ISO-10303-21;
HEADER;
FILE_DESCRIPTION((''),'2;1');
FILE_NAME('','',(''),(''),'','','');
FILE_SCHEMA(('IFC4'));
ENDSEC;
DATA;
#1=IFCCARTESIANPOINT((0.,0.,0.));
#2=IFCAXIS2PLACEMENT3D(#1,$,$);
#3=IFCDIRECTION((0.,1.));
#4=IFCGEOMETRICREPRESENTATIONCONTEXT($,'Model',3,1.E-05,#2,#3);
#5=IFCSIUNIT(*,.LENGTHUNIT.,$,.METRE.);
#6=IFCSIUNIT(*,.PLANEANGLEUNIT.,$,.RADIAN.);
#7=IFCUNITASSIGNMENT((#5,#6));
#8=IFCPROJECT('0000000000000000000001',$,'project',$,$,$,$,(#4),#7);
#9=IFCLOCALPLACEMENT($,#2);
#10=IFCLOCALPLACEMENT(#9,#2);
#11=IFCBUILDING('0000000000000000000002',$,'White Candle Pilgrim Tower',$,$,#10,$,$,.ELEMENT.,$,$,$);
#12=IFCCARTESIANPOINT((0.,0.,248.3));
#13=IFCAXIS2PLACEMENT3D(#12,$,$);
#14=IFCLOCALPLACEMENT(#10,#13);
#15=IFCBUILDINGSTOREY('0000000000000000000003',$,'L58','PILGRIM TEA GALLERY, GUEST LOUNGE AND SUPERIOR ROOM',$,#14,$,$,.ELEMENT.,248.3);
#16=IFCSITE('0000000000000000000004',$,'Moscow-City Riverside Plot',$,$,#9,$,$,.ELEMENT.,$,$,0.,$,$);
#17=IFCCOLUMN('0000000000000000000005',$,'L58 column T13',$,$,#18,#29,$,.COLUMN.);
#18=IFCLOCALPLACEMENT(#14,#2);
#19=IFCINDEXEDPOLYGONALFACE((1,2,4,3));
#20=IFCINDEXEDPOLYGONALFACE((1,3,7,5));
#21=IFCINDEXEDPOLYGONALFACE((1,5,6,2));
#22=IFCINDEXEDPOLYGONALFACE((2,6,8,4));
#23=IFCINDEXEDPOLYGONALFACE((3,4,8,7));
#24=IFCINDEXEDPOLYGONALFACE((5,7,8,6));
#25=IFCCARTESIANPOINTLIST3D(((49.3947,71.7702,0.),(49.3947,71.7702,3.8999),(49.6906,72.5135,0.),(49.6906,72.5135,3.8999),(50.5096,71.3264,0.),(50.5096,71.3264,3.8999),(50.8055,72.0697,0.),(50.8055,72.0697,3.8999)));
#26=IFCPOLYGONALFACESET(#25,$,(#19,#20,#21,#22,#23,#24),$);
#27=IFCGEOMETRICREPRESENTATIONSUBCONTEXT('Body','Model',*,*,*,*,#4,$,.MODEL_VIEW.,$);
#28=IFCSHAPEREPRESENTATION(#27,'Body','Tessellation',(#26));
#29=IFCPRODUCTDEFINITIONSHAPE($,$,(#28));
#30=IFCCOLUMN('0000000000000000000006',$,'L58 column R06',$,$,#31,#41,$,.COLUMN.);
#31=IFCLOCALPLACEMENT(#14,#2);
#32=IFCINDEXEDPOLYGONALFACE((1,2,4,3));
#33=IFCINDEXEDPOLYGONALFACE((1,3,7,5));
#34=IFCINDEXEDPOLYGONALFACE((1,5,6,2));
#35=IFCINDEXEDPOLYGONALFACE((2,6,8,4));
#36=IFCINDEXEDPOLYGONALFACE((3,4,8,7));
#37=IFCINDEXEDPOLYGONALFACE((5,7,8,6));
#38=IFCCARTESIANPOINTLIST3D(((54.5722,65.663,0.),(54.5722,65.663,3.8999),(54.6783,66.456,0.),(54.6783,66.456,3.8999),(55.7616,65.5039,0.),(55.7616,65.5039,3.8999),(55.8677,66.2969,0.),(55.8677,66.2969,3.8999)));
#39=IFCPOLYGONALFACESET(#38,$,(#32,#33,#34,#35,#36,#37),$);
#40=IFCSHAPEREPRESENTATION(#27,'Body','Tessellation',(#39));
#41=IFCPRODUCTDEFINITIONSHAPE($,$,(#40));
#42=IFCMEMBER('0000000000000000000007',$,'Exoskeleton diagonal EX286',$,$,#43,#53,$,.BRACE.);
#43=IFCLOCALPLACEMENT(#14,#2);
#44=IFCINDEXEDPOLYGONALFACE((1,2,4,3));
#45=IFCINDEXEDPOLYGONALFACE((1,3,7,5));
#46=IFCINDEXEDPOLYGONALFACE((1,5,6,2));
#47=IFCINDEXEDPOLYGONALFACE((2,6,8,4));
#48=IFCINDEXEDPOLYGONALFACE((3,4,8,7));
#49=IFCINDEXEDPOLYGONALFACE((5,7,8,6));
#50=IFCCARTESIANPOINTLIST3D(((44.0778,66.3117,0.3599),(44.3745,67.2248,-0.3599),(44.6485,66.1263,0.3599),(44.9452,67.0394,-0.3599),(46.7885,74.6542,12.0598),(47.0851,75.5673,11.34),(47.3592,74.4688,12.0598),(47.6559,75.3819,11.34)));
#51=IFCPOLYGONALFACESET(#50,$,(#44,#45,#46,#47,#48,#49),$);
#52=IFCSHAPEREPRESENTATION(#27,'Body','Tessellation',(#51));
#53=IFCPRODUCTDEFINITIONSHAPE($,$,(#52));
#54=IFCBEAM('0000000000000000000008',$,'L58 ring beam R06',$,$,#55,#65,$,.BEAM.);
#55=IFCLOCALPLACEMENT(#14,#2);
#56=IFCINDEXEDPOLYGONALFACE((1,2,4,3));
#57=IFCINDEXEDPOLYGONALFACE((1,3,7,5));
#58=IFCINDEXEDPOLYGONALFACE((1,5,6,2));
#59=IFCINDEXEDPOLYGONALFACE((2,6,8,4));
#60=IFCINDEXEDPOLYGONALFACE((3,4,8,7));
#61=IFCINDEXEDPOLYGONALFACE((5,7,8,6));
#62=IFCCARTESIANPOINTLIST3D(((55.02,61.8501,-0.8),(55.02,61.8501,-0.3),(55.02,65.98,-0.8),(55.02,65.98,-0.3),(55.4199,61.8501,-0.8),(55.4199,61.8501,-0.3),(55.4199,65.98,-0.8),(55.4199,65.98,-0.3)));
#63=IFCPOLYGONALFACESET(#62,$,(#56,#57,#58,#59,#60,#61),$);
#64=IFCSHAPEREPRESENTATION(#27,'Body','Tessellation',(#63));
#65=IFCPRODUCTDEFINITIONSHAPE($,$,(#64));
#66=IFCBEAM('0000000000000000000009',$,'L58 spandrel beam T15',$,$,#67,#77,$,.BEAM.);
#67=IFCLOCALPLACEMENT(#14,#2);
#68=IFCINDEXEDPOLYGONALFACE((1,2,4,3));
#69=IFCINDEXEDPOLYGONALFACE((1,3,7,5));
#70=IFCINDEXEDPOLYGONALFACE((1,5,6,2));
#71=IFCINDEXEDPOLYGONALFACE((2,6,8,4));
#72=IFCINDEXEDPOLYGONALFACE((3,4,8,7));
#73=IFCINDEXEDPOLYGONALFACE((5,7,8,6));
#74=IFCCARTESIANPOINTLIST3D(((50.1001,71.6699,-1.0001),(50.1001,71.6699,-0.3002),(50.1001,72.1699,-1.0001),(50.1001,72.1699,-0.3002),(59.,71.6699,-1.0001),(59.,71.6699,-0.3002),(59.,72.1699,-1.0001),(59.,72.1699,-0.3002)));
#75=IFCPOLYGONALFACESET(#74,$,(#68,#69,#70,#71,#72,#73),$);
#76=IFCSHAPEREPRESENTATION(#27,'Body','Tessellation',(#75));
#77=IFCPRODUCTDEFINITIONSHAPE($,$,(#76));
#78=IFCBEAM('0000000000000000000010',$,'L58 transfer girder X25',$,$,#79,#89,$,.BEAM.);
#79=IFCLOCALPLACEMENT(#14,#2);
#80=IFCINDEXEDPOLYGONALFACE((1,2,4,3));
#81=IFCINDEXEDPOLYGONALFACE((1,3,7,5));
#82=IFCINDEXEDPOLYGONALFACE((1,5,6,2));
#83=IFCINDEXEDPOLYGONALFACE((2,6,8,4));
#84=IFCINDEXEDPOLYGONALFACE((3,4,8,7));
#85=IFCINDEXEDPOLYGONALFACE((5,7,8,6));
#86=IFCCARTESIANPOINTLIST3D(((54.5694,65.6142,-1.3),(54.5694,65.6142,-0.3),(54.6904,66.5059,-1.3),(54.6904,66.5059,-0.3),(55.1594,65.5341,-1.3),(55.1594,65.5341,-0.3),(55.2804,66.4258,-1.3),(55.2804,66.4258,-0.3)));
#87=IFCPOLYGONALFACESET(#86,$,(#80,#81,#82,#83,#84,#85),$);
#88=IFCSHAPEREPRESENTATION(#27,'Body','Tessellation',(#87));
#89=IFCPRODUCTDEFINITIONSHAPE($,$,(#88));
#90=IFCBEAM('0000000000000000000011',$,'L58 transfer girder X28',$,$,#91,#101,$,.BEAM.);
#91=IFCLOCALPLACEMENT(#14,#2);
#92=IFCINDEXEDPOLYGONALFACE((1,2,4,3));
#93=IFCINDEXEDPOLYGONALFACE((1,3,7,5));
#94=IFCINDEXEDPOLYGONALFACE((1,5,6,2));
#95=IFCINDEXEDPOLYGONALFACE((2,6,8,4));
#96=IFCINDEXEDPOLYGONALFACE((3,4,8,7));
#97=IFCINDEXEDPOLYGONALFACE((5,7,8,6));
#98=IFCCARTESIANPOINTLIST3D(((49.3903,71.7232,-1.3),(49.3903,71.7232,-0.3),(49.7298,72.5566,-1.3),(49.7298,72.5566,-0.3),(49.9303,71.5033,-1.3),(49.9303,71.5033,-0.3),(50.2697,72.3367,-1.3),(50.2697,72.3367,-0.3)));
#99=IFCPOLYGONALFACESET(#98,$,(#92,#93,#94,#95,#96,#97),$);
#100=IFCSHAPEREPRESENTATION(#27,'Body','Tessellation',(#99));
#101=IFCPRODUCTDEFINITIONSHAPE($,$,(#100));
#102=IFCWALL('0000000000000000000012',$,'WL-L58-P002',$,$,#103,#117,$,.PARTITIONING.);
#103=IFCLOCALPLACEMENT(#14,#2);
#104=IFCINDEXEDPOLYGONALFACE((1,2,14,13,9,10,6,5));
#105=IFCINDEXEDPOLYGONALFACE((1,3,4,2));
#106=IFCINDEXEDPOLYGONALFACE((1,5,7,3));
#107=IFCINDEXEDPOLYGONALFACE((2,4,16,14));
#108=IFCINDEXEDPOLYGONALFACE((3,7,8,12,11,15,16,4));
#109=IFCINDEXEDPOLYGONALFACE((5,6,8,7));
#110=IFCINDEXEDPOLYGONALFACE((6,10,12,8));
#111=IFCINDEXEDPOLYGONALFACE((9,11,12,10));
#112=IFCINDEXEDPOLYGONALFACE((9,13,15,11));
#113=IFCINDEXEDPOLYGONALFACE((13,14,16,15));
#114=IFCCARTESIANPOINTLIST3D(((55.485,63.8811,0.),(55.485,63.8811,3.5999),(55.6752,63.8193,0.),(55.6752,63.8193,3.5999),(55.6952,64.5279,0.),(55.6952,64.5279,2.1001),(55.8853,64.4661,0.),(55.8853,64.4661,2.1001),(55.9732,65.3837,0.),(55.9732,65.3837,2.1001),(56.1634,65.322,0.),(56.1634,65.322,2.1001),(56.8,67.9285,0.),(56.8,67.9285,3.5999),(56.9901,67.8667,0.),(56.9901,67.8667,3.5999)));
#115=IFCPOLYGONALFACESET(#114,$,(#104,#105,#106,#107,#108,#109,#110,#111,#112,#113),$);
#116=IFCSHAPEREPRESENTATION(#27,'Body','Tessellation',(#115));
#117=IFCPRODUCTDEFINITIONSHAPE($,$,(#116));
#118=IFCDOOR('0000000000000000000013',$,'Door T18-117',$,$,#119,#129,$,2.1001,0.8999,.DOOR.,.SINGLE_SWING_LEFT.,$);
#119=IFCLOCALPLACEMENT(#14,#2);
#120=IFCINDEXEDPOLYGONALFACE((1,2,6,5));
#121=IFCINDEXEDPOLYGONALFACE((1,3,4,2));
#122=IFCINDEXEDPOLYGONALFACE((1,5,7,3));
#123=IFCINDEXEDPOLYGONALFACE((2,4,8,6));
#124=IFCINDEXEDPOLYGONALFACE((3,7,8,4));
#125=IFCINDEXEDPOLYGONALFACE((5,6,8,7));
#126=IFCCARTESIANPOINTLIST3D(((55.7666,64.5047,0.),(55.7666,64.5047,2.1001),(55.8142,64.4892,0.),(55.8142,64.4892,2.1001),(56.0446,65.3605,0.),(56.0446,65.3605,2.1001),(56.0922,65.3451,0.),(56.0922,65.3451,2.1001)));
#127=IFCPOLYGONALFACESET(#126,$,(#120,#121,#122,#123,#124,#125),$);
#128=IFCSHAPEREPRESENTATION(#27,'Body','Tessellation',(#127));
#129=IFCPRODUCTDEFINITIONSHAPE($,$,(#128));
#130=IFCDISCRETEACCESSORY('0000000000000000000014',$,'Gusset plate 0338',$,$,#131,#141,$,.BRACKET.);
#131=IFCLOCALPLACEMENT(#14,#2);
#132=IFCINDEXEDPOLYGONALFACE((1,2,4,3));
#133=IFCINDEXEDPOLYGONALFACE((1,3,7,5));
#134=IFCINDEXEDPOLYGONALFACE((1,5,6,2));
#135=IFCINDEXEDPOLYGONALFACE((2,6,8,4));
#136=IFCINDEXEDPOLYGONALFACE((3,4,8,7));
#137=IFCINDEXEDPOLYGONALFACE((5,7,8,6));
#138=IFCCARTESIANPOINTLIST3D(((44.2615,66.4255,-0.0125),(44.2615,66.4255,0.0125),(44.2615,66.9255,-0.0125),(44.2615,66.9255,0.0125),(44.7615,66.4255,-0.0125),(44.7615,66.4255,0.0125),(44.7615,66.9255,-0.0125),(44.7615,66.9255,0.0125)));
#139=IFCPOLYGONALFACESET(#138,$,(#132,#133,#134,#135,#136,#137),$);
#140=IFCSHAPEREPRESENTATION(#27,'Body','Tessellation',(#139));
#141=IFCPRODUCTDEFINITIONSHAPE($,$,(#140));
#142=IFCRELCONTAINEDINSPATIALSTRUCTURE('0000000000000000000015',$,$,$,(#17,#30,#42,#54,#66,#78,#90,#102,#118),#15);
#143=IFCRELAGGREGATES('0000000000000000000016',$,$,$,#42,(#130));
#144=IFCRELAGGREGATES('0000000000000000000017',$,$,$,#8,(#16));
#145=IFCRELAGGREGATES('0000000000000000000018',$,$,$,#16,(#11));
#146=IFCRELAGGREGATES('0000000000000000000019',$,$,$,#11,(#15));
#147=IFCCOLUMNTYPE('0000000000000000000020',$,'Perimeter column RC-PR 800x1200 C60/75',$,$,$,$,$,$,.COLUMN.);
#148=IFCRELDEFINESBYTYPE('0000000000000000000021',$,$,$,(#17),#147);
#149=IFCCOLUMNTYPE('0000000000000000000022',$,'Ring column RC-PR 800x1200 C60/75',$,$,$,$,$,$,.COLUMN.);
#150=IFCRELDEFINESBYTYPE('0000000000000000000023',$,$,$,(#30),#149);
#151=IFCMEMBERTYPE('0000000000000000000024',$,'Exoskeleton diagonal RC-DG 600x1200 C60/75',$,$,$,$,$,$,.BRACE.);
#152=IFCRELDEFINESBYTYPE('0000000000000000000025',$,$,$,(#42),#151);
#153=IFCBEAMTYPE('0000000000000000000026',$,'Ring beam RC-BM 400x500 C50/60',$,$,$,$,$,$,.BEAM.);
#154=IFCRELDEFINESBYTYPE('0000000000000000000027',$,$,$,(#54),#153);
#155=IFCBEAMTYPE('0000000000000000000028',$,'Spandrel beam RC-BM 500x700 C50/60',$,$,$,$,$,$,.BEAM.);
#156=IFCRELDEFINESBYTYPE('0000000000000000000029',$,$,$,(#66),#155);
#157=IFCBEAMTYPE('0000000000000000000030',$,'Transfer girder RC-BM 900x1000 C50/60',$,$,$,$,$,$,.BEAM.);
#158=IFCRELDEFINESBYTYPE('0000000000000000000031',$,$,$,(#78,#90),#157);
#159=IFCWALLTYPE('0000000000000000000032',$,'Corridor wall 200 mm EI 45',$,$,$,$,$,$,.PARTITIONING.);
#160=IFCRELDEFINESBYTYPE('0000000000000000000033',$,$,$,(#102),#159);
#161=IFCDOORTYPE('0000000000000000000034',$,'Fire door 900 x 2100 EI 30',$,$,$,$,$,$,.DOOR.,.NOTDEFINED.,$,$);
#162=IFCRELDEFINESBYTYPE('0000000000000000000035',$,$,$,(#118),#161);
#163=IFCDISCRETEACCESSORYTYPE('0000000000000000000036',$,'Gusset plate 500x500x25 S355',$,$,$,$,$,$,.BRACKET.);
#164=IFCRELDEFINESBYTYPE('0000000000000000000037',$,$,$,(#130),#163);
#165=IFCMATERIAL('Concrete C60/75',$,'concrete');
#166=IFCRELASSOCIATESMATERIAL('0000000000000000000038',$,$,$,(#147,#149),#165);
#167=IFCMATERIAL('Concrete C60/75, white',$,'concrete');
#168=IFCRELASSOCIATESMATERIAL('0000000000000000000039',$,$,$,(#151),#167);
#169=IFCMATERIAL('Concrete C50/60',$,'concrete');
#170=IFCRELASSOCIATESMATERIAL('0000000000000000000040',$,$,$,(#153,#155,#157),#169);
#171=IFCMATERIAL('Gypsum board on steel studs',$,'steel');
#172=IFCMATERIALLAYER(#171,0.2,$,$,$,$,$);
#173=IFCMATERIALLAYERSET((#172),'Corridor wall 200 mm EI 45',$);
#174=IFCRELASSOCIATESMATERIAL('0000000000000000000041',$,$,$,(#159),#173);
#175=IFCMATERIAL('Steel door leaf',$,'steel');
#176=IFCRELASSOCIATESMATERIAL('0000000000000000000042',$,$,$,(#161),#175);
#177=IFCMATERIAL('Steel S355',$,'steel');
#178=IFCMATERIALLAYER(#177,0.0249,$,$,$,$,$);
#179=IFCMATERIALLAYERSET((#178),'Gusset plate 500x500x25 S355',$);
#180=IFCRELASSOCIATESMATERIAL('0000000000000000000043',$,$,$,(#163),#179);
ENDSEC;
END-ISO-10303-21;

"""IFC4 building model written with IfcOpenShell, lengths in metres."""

from ifc_helpers import new_model, si_unit, direction, frame, frame_2d, origin, origin_2d, place, context, subcontext, project, spatial, rectangle, extrude, material, layer, layer_set, material_profile, profile_set, type_object, element, fill, aggregate, save


model = new_model("IFC4")

# Units and contexts
model_context = context("Model", 3, precision=1e-05, world=origin(), true_north=direction((0.0, 1.0)))
body_context = subcontext(model_context, "Body", "Model", "MODEL_VIEW")
ifc_project = project(units=[si_unit("LENGTHUNIT", "METRE"), si_unit("PLANEANGLEUNIT", "RADIAN")], contexts=[model_context])

# Site, building, storey
site_placement = place(None, origin())
site = spatial("IfcSite", under=ifc_project, at=site_placement, Name="Moscow-City Riverside Plot", CompositionType="ELEMENT", RefElevation=0.0)
building_placement = place(site_placement, origin())
building = spatial("IfcBuilding", under=site, at=building_placement, Name="White Candle Pilgrim Tower", CompositionType="ELEMENT")
storey_placement = place(building_placement, frame((0.0, 0.0, 248.3)))
storey = spatial("IfcBuildingStorey", under=building, at=storey_placement, Name="L58", Description="PILGRIM TEA GALLERY, GUEST LOUNGE AND SUPERIOR ROOM", CompositionType="ELEMENT", Elevation=248.3)

# Columns
ifc_material_1 = material(Name="Concrete C60/75", Category="concrete")
ifc_material_profile_1 = material_profile(ifc_material_1, rectangle(XDim=0.8, YDim=1.2, at=origin_2d()), Name="RC-PR 800x1200")
ifc_profile_set_1 = profile_set([ifc_material_profile_1], Name="Concrete C60/75")
column_type_1 = type_object("IfcColumnType", Name="Perimeter column RC-PR 800x1200 C60/75", PredefinedType="COLUMN", material=ifc_profile_set_1)
column_1_placement = place(storey_placement, frame((50.1001, 71.9199, 0.0), z_axis=(0.0, 0.0, 1.0), x_axis=(0.36986, 0.929087, 0.0)))
element("IfcColumn", 1, at=column_1_placement, inside=storey, type_object=column_type_1, Name="L58 column T13", PredefinedType="COLUMN", context=body_context, shape_type="SweptSolid", body=[
    extrude(rectangle(XDim=0.8, YDim=1.2, at=origin_2d()), origin(), (0.0, 0.0, 1.0), 3.8999),
])
ifc_material_profile_2 = material_profile(ifc_material_1, rectangle(XDim=0.8, YDim=1.2, at=origin_2d()), Name="RC-PR 800x1200")
ifc_profile_set_2 = profile_set([ifc_material_profile_2], Name="Concrete C60/75")
column_type_2 = type_object("IfcColumnType", Name="Ring column RC-PR 800x1200 C60/75", PredefinedType="COLUMN", material=ifc_profile_set_2)
column_2_placement = place(storey_placement, frame((55.22, 65.98, 0.0), z_axis=(0.0, 0.0, 1.0), x_axis=(0.132602, 0.991169, 0.0)))
element("IfcColumn", 2, at=column_2_placement, inside=storey, type_object=column_type_2, Name="L58 column R06", PredefinedType="COLUMN", context=body_context, shape_type="SweptSolid", body=[
    extrude(rectangle(XDim=0.8, YDim=1.2, at=origin_2d()), origin(), (0.0, 0.0, 1.0), 3.8999),
])

# Member
ifc_material_2 = material(Name="Concrete C60/75, white", Category="concrete")
ifc_material_profile_3 = material_profile(ifc_material_2, rectangle(XDim=0.6001, YDim=1.2, at=origin_2d()), Name="RC-DG 600x1200")
ifc_profile_set_3 = profile_set([ifc_material_profile_3], Name="Concrete C60/75, white")
member_type = type_object("IfcMemberType", Name="Exoskeleton diagonal RC-DG 600x1200 C60/75", PredefinedType="BRACE", material=ifc_profile_set_3)
member_placement = place(storey_placement, frame((44.5115, 66.6755, 0.0), z_axis=(0.185371, 0.570504, 0.800102), x_axis=(-0.951055, 0.309021, 0.0)))
member = element("IfcMember", 3, at=member_placement, inside=storey, type_object=member_type, Name="Exoskeleton diagonal EX286", PredefinedType="BRACE", context=body_context, shape_type="SweptSolid", body=[
    extrude(rectangle(XDim=0.6001, YDim=1.2, at=origin_2d()), origin(), (0.0, 0.0, 1.0), 14.623),
])

# Beams
ifc_material_3 = material(Name="Concrete C50/60", Category="concrete")
ifc_material_profile_4 = material_profile(ifc_material_3, rectangle(XDim=0.3999, YDim=0.5, at=origin_2d()), Name="RC-BM 400x500")
ifc_profile_set_4 = profile_set([ifc_material_profile_4], Name="Concrete C50/60")
beam_type_1 = type_object("IfcBeamType", Name="Ring beam RC-BM 400x500 C50/60", PredefinedType="BEAM", material=ifc_profile_set_4)
beam_1_placement = place(storey_placement, frame((55.22, 65.98, -0.55), z_axis=(0.0, -1.0, 0.0), x_axis=(1.0, 0.0, 0.0)))
element("IfcBeam", 4, at=beam_1_placement, inside=storey, type_object=beam_type_1, Name="L58 ring beam R06", PredefinedType="BEAM", context=body_context, shape_type="SweptSolid", body=[
    extrude(rectangle(XDim=0.3999, YDim=0.5, at=origin_2d()), origin(), (0.0, 0.0, 1.0), 4.1299),
])
ifc_material_profile_5 = material_profile(ifc_material_3, rectangle(XDim=0.5, YDim=0.7, at=origin_2d()), Name="RC-BM 500x700")
ifc_profile_set_5 = profile_set([ifc_material_profile_5], Name="Concrete C50/60")
beam_type_2 = type_object("IfcBeamType", Name="Spandrel beam RC-BM 500x700 C50/60", PredefinedType="BEAM", material=ifc_profile_set_5)
beam_2_placement = place(storey_placement, frame((50.1001, 71.9199, -0.6501), z_axis=(1.0, 0.0, 0.0), x_axis=(0.0, 1.0, 0.0)))
element("IfcBeam", 5, at=beam_2_placement, inside=storey, type_object=beam_type_2, Name="L58 spandrel beam T15", PredefinedType="BEAM", context=body_context, shape_type="SweptSolid", body=[
    extrude(rectangle(XDim=0.5, YDim=0.7, at=origin_2d()), origin(), (0.0, 0.0, 1.0), 8.8999),
])
ifc_material_profile_6 = material_profile(ifc_material_3, rectangle(XDim=0.8999, YDim=1.0, at=origin_2d()), Name="RC-BM 900x1000")
ifc_profile_set_6 = profile_set([ifc_material_profile_6], Name="Concrete C50/60")
beam_type_3 = type_object("IfcBeamType", Name="Transfer girder RC-BM 900x1000 C50/60", PredefinedType="BEAM", material=ifc_profile_set_6)
beam_3_placement = place(storey_placement, frame((54.6299, 66.0601, -0.8), z_axis=(0.990917, -0.134473, 0.0), x_axis=(0.134473, 0.990917, 0.0)))
element("IfcBeam", 6, at=beam_3_placement, inside=storey, type_object=beam_type_3, Name="L58 transfer girder X25", PredefinedType="BEAM", context=body_context, shape_type="SweptSolid", body=[
    extrude(rectangle(XDim=0.8999, YDim=1.0, at=origin_2d()), origin(), (0.0, 0.0, 1.0), 0.5955),
])
beam_4_placement = place(storey_placement, frame((49.5601, 72.1399, -0.8), z_axis=(0.926119, -0.37723, 0.0), x_axis=(0.37723, 0.926119, 0.0)))
element("IfcBeam", 7, at=beam_4_placement, inside=storey, type_object=beam_type_3, Name="L58 transfer girder X28", PredefinedType="BEAM", context=body_context, shape_type="SweptSolid", body=[
    extrude(rectangle(XDim=0.8999, YDim=1.0, at=origin_2d()), origin(), (0.0, 0.0, 1.0), 0.583),
])

# Wall, opening, door
ifc_material_4 = material(Name="Gypsum board on steel studs", Category="steel")
ifc_layer_1 = layer(ifc_material_4, 0.2)
ifc_layer_set_1 = layer_set([ifc_layer_1], Name="Corridor wall 200 mm EI 45")
wall_type_1 = type_object("IfcWallType", Name="Corridor wall 200 mm EI 45", PredefinedType="PARTITIONING", material=ifc_layer_set_1)
wall_1_placement = place(storey_placement, frame((55.5801, 63.8501, 0.0), z_axis=(0.0, 0.0, 1.0), x_axis=(0.30899, 0.951065, 0.0)))
wall_1 = element("IfcWall", 8, at=wall_1_placement, inside=storey, type_object=wall_type_1, Name="WL-L58-P002", PredefinedType="PARTITIONING", context=body_context, shape_type="SweptSolid", body=[
    extrude(rectangle(XDim=4.2556, YDim=0.2, at=frame_2d((2.1279, 0.0))), origin(), (0.0, 0.0, 1.0), 3.5999),
])
opening_1_placement = place(wall_1_placement, frame((0.6802, 0.0, 0.0)))
opening_1 = element("IfcOpeningElement", 9, at=opening_1_placement, cuts=wall_1, PredefinedType="OPENING", context=body_context, shape_type="SweptSolid", body=[
    extrude(rectangle(XDim=0.8999, YDim=2.1001, at=frame_2d((0.45, 1.05))), frame((0.0, 0.1099, 0.0), z_axis=(0.0, -1.0, 0.0), x_axis=(1.0, 0.0, 0.0)), (0.0, 0.0, 1.0), 0.22),
])
ifc_material_5 = material(Name="Steel door leaf", Category="steel")
door_type_1 = type_object("IfcDoorType", Name="Fire door 900 x 2100 EI 30", OperationType="NOTDEFINED", PredefinedType="DOOR", material=ifc_material_5)
door_1_placement = place(opening_1_placement, origin())
door_1 = element("IfcDoor", 10, at=door_1_placement, inside=storey, type_object=door_type_1, Name="Door T18-117", OperationType="SINGLE_SWING_LEFT", OverallHeight=2.1001, OverallWidth=0.8999, PredefinedType="DOOR", context=body_context, shape_type="SweptSolid", body=[
    extrude(rectangle(XDim=0.8999, YDim=2.1001, at=frame_2d((0.45, 1.05))), frame((0.0, 0.0249, 0.0), z_axis=(0.0, -1.0, 0.0), x_axis=(1.0, 0.0, 0.0)), (0.0, 0.0, 1.0), 0.05),
])
fill(opening_1, door_1)

# Discrete accessory
ifc_material_6 = material(Name="Steel S355", Category="steel")
ifc_layer_2 = layer(ifc_material_6, 0.0249)
ifc_layer_set_2 = layer_set([ifc_layer_2], Name="Gusset plate 500x500x25 S355")
discrete_accessory_type = type_object("IfcDiscreteAccessoryType", Name="Gusset plate 500x500x25 S355", PredefinedType="BRACKET", material=ifc_layer_set_2)
discrete_accessory_placement = place(storey_placement, frame((44.5115, 66.6755, -0.0125), z_axis=(0.0, 0.0, 1.0), x_axis=(1.0, 0.0, 0.0)))
discrete_accessory = element("IfcDiscreteAccessory", 11, at=discrete_accessory_placement, type_object=discrete_accessory_type, Name="Gusset plate 0338", PredefinedType="BRACKET", context=body_context, shape_type="SweptSolid", body=[
    extrude(rectangle(XDim=0.5, YDim=0.5, at=origin_2d()), origin(), (0.0, 0.0, 1.0), 0.0249),
])
aggregate(member, [discrete_accessory])

save(model, "model.ifc")
